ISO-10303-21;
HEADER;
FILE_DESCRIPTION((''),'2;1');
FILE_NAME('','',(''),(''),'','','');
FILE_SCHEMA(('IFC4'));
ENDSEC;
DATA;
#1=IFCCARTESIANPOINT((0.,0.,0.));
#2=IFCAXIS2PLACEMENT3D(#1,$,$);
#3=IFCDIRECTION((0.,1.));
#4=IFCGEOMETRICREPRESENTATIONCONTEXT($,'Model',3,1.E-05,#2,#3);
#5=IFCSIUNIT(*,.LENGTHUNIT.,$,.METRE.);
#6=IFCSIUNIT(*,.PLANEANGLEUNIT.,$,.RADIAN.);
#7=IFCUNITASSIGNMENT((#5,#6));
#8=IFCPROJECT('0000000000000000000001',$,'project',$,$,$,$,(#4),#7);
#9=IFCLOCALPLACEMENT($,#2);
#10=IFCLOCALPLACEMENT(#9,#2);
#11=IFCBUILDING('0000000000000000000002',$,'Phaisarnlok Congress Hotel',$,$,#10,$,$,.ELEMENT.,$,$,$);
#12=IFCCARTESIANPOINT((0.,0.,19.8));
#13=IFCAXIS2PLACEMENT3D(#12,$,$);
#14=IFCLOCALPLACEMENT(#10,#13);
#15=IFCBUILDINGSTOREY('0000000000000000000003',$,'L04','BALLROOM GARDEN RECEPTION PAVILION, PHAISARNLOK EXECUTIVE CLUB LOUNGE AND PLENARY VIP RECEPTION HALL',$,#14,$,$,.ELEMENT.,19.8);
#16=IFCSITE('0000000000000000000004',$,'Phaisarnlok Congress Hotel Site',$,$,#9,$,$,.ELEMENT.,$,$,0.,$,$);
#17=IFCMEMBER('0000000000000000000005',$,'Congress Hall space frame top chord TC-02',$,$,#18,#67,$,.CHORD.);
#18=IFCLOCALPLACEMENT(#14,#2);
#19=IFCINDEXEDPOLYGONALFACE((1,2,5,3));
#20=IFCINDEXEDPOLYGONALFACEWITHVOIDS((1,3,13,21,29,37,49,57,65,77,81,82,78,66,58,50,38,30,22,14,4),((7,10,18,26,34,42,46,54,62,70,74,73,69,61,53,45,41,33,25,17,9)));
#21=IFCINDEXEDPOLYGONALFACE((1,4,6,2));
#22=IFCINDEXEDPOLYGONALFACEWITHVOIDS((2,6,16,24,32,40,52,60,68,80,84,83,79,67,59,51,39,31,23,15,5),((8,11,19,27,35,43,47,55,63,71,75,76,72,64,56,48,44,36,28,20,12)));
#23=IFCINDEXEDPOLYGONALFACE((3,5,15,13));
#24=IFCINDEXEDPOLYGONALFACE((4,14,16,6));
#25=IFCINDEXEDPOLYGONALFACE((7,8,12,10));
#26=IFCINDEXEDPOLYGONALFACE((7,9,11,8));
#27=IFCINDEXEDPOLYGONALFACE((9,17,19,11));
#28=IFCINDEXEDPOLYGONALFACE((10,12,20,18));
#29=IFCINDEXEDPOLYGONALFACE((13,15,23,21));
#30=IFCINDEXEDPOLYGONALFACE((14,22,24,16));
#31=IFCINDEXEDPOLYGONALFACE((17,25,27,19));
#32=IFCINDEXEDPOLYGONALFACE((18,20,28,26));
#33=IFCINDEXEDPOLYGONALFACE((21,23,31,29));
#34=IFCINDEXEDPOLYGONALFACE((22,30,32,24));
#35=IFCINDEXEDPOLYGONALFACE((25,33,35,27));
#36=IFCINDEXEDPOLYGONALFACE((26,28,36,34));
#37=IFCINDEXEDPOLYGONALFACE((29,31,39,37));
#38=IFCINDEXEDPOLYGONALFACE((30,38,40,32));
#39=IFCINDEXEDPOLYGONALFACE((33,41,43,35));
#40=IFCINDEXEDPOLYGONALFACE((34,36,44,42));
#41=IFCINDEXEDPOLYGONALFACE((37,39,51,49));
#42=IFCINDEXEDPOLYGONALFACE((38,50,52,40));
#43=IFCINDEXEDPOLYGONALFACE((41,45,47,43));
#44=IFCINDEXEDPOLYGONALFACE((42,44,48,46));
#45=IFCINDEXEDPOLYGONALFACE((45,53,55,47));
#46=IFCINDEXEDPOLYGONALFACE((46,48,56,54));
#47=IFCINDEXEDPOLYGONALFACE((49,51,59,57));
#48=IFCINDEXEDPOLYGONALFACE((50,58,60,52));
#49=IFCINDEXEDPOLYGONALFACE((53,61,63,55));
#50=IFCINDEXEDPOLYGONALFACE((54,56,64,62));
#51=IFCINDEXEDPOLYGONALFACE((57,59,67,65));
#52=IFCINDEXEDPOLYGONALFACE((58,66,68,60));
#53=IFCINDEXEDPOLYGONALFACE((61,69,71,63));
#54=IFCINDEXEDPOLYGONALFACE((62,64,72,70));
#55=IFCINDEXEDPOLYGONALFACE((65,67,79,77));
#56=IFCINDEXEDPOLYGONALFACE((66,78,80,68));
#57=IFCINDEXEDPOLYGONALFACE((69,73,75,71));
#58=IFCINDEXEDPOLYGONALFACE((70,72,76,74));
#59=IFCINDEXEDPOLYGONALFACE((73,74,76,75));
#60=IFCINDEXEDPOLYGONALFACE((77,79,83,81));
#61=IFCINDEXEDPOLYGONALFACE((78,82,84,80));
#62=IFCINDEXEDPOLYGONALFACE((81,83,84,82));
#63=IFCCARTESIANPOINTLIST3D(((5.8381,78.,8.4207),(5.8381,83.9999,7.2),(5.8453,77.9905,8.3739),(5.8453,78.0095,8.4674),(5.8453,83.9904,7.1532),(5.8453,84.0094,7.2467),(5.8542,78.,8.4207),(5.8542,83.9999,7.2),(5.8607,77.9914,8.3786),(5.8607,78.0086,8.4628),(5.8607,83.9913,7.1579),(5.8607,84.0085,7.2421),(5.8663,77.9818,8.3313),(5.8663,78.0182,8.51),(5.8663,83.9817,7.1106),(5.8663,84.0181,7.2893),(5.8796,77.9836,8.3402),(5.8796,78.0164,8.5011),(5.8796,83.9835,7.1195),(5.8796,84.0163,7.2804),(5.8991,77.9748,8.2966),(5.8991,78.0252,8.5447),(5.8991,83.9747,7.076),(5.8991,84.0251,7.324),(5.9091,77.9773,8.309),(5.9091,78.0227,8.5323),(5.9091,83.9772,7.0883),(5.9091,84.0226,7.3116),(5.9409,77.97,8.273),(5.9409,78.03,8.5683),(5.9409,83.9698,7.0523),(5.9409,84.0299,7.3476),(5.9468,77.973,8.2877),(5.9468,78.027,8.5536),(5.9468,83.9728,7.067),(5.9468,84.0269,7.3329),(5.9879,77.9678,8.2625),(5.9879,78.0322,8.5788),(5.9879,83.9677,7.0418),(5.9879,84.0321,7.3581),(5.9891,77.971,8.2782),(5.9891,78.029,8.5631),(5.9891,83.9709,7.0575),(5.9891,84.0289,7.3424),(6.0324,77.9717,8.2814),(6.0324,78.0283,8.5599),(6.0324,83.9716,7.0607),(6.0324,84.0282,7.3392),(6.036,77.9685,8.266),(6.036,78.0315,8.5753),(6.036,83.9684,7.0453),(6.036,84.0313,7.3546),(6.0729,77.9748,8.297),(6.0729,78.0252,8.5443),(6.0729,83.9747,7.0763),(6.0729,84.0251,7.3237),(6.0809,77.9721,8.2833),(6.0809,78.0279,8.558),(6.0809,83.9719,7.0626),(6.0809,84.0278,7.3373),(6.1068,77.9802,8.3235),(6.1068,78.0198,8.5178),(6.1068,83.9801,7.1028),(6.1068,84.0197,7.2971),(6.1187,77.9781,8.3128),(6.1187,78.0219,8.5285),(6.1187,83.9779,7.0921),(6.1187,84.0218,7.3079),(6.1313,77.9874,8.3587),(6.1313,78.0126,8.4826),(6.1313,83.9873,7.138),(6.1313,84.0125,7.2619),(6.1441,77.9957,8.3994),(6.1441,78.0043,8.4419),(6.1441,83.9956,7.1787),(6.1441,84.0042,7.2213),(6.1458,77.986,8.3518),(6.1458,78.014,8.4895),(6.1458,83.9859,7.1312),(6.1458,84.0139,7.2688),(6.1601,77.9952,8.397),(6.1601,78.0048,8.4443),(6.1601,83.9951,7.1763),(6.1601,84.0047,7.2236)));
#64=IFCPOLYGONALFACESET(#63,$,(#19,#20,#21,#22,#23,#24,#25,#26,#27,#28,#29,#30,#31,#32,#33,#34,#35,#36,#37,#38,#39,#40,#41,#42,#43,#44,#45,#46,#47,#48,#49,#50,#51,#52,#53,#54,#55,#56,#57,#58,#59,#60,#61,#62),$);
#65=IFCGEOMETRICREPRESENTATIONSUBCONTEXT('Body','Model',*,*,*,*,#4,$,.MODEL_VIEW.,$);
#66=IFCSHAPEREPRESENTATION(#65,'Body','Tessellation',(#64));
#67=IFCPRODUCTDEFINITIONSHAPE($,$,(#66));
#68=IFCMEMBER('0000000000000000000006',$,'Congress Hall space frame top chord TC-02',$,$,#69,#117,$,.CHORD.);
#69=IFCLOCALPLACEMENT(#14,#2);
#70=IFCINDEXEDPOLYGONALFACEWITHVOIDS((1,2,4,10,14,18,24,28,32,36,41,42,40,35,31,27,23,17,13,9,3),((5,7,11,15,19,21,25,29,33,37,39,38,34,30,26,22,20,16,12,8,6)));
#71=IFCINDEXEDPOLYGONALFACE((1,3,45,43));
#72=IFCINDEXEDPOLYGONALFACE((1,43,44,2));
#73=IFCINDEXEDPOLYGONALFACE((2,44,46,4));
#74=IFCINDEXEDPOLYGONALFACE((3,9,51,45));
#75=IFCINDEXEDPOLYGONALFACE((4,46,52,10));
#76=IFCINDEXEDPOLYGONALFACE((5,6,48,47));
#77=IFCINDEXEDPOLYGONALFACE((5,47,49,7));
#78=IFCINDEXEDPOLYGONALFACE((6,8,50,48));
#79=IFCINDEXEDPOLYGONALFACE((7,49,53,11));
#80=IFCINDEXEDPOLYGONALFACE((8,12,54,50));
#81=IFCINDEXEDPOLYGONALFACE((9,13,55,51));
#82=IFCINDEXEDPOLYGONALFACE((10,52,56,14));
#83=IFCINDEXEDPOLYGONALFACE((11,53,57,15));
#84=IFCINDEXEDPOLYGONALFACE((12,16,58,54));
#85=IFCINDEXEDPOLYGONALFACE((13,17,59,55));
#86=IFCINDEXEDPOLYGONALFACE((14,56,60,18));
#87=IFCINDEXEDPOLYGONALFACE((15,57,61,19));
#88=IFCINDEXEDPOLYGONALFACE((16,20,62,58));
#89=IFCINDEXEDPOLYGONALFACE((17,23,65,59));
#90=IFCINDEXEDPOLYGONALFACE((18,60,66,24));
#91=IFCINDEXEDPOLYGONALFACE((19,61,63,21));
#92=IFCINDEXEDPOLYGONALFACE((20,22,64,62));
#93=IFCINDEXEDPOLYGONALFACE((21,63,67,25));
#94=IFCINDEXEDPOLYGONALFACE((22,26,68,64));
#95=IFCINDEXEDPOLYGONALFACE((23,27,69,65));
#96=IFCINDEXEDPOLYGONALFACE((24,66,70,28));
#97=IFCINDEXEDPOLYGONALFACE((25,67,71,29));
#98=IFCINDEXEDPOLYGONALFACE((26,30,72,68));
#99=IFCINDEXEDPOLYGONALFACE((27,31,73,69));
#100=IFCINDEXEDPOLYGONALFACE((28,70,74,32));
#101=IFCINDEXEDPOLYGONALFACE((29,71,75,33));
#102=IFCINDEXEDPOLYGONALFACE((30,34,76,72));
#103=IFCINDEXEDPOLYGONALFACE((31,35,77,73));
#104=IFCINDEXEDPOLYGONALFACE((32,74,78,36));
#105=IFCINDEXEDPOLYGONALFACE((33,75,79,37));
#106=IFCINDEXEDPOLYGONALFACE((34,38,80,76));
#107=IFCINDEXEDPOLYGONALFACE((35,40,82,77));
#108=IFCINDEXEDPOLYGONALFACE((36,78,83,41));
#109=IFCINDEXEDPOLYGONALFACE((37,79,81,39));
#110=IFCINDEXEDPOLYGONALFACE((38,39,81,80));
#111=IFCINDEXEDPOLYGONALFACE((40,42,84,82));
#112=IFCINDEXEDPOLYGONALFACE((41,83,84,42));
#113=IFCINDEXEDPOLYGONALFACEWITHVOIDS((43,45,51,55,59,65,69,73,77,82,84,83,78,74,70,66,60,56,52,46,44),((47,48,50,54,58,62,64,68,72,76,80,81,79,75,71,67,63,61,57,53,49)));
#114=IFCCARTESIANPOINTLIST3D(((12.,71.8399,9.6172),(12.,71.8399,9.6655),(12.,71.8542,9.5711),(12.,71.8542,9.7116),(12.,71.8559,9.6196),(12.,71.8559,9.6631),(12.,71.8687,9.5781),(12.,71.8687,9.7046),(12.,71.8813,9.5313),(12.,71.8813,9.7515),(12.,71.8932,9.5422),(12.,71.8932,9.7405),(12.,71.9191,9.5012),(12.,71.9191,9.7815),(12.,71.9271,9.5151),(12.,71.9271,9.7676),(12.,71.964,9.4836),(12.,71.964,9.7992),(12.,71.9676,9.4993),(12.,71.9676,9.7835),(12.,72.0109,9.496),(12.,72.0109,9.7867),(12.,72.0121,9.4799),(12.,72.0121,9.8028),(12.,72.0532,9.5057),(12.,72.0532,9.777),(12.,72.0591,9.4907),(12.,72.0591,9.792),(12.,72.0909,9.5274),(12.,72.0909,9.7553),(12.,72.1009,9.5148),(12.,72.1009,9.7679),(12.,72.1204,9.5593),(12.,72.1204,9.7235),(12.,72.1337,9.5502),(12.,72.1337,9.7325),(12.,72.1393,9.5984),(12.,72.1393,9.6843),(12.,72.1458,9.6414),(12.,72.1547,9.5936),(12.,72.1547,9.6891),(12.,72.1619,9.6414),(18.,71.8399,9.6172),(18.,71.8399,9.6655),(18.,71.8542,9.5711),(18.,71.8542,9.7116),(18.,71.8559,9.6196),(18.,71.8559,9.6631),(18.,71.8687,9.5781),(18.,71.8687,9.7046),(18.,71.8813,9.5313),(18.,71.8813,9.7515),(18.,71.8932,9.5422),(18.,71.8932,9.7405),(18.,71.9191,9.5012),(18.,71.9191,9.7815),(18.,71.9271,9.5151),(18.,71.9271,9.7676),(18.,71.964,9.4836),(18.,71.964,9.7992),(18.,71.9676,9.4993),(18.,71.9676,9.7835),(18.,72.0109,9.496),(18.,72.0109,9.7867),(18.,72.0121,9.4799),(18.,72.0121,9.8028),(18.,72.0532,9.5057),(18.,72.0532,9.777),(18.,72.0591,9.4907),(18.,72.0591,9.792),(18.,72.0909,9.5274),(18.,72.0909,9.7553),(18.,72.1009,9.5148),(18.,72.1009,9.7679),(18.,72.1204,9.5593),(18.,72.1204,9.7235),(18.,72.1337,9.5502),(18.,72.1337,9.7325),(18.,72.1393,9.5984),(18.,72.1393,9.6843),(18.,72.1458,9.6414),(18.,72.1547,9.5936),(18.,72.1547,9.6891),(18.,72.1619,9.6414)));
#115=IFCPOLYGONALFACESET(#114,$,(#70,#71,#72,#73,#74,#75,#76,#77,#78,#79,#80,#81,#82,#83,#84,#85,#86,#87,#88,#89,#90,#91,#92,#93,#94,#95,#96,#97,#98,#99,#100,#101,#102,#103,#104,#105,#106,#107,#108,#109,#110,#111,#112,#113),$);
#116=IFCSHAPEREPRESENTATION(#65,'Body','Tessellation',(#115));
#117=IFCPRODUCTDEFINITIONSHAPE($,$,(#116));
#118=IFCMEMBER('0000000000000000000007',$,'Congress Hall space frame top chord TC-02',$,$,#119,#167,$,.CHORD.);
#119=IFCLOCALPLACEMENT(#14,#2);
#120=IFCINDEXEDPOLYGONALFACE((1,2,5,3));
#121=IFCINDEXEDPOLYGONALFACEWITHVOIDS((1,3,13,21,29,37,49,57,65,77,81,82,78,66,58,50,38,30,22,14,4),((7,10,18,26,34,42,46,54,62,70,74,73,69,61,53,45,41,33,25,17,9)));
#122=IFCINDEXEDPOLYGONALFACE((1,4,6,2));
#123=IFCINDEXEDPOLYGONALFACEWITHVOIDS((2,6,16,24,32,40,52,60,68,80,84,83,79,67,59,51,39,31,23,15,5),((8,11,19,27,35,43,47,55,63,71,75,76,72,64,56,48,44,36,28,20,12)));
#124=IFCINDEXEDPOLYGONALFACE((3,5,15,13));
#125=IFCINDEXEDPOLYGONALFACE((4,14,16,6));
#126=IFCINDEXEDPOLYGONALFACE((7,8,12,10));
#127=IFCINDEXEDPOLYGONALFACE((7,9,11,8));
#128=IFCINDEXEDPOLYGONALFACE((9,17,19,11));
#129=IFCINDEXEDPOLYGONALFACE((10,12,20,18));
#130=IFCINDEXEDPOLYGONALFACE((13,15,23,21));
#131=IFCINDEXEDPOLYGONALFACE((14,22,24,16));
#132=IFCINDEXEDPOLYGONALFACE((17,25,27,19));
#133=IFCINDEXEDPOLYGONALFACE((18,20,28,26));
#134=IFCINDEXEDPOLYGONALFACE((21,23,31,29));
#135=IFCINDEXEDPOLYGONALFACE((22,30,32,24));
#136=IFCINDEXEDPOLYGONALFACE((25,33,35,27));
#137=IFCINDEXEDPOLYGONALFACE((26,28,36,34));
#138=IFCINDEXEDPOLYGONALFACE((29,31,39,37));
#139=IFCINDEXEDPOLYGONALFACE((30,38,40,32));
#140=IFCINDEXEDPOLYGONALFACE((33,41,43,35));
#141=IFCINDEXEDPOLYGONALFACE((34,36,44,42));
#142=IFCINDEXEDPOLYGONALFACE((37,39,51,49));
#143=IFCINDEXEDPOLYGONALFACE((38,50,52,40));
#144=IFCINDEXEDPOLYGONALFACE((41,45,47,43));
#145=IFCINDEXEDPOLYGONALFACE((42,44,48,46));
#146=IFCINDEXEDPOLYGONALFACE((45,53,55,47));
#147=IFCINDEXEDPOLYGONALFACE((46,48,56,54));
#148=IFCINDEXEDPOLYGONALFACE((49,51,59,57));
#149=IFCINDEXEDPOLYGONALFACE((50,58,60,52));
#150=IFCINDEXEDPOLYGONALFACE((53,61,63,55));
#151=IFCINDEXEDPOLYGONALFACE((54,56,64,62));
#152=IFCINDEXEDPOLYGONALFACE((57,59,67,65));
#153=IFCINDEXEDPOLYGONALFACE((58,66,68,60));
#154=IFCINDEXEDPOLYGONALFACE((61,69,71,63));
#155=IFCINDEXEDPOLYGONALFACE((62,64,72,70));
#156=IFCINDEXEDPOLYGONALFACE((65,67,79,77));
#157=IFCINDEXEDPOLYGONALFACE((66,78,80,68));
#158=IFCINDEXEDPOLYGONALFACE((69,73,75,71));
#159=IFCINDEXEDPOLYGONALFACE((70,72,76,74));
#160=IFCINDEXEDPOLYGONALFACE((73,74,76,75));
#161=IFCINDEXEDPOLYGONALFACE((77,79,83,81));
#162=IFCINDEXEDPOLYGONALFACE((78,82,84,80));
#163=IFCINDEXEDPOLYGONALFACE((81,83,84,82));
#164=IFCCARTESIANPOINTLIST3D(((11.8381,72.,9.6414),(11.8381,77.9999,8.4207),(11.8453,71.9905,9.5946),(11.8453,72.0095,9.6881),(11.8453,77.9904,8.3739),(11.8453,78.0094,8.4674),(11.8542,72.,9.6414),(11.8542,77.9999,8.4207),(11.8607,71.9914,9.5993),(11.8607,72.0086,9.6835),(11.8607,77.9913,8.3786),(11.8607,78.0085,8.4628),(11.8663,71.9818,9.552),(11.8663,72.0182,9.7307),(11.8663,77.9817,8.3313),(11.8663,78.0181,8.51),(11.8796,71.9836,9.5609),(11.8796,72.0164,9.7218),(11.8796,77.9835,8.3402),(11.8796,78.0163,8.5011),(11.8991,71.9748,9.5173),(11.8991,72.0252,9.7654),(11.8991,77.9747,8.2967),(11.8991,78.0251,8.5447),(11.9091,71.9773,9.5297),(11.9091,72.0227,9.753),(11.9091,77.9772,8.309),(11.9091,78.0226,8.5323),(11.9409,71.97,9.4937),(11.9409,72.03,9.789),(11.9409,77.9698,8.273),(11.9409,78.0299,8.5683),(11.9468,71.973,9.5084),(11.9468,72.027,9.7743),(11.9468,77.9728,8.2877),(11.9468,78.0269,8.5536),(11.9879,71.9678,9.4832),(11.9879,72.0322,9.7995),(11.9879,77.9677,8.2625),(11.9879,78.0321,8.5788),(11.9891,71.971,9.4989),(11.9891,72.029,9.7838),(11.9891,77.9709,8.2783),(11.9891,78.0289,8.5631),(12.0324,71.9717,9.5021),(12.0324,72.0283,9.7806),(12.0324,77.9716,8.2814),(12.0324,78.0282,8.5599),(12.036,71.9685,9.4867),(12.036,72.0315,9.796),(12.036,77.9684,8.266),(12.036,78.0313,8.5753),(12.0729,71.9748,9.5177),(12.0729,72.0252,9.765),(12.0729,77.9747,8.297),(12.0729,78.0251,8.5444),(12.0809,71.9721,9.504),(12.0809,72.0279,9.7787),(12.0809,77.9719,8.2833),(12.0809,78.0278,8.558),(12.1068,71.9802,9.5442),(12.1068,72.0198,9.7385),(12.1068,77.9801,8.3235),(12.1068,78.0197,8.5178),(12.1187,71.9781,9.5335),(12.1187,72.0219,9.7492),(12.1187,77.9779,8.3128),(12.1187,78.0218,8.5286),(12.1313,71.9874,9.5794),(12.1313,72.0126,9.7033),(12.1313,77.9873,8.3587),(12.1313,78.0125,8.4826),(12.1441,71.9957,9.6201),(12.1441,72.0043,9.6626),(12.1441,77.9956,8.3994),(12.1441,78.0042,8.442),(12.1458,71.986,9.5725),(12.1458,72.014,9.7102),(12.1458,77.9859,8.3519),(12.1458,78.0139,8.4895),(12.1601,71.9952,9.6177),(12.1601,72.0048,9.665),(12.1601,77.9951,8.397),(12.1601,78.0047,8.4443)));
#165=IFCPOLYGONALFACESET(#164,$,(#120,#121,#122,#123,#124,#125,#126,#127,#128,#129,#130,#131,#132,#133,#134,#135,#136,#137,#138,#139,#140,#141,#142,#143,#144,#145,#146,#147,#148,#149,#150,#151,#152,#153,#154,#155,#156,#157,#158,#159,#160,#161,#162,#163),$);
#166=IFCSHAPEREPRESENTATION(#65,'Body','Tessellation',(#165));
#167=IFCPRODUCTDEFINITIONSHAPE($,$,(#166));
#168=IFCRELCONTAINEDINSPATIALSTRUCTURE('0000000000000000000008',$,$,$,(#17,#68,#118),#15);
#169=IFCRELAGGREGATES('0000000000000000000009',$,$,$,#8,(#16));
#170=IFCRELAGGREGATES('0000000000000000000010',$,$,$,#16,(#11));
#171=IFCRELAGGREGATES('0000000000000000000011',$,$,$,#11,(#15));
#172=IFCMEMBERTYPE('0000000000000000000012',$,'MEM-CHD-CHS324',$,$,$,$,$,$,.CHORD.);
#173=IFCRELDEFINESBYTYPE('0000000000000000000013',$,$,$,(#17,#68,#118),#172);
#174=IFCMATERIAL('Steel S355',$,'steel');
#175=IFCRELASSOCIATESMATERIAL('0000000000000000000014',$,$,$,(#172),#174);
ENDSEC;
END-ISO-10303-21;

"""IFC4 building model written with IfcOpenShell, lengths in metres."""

from ifc_helpers import new_model, si_unit, direction, frame, origin, origin_2d, place, context, subcontext, project, spatial, hollow_circle, extrude, material, material_profile, profile_set, type_object, element, save


model = new_model("IFC4")

# Units and contexts
model_context = context("Model", 3, precision=1e-05, world=origin(), true_north=direction((0.0, 1.0)))
body_context = subcontext(model_context, "Body", "Model", "MODEL_VIEW")
ifc_project = project(units=[si_unit("LENGTHUNIT", "METRE"), si_unit("PLANEANGLEUNIT", "RADIAN")], contexts=[model_context])

# Site, building, storey
site_placement = place(None, origin())
site = spatial("IfcSite", under=ifc_project, at=site_placement, Name="Phaisarnlok Congress Hotel Site", CompositionType="ELEMENT", RefElevation=0.0)
building_placement = place(site_placement, origin())
building = spatial("IfcBuilding", under=site, at=building_placement, Name="Phaisarnlok Congress Hotel", CompositionType="ELEMENT")
storey_placement = place(building_placement, frame((0.0, 0.0, 19.8)))
storey = spatial("IfcBuildingStorey", under=building, at=storey_placement, Name="L04", Description="BALLROOM GARDEN RECEPTION PAVILION, PHAISARNLOK EXECUTIVE CLUB LOUNGE AND PLENARY VIP RECEPTION HALL", CompositionType="ELEMENT", Elevation=19.8)

# Members
ifc_material = material(Name="Steel S355", Category="steel")
ifc_material_profile_1 = material_profile(ifc_material, hollow_circle(Radius=0.1619, WallThickness=0.0161, at=origin_2d()), Name="CHS 323.9x16")
ifc_profile_set_1 = profile_set([ifc_material_profile_1], Name="Steel S355")
member_type_1 = type_object("IfcMemberType", Name="MEM-CHD-CHS324", PredefinedType="CHORD", material=ifc_profile_set_1)
member_1_placement = place(storey_placement, frame((6.0, 78.0, 8.4207), z_axis=(0.0, 0.979925, -0.199366), x_axis=(-1.0, 0.0, 0.0)))
element("IfcMember", 1, at=member_1_placement, inside=storey, type_object=member_type_1, Name="Congress Hall space frame top chord TC-02", PredefinedType="CHORD", context=body_context, shape_type="SweptSolid", body=[
    extrude(hollow_circle(Radius=0.1619, WallThickness=0.0161, at=origin_2d()), origin(), (0.0, 0.0, 1.0), 6.1228),
])
member_2_placement = place(storey_placement, frame((12.0, 72.0, 9.6414), z_axis=(1.0, 0.0, 0.0), x_axis=(0.0, 1.0, 0.0)))
element("IfcMember", 2, at=member_2_placement, inside=storey, type_object=member_type_1, Name="Congress Hall space frame top chord TC-02", PredefinedType="CHORD", context=body_context, shape_type="SweptSolid", body=[
    extrude(hollow_circle(Radius=0.1619, WallThickness=0.0161, at=origin_2d()), origin(), (0.0, 0.0, 1.0), 6.0),
])
member_3_placement = place(storey_placement, frame((12.0, 72.0, 9.6414), z_axis=(0.0, 0.979925, -0.199366), x_axis=(-1.0, 0.0, 0.0)))
element("IfcMember", 3, at=member_3_placement, inside=storey, type_object=member_type_1, Name="Congress Hall space frame top chord TC-02", PredefinedType="CHORD", context=body_context, shape_type="SweptSolid", body=[
    extrude(hollow_circle(Radius=0.1619, WallThickness=0.0161, at=origin_2d()), origin(), (0.0, 0.0, 1.0), 6.1228),
])

save(model, "model.ifc")
